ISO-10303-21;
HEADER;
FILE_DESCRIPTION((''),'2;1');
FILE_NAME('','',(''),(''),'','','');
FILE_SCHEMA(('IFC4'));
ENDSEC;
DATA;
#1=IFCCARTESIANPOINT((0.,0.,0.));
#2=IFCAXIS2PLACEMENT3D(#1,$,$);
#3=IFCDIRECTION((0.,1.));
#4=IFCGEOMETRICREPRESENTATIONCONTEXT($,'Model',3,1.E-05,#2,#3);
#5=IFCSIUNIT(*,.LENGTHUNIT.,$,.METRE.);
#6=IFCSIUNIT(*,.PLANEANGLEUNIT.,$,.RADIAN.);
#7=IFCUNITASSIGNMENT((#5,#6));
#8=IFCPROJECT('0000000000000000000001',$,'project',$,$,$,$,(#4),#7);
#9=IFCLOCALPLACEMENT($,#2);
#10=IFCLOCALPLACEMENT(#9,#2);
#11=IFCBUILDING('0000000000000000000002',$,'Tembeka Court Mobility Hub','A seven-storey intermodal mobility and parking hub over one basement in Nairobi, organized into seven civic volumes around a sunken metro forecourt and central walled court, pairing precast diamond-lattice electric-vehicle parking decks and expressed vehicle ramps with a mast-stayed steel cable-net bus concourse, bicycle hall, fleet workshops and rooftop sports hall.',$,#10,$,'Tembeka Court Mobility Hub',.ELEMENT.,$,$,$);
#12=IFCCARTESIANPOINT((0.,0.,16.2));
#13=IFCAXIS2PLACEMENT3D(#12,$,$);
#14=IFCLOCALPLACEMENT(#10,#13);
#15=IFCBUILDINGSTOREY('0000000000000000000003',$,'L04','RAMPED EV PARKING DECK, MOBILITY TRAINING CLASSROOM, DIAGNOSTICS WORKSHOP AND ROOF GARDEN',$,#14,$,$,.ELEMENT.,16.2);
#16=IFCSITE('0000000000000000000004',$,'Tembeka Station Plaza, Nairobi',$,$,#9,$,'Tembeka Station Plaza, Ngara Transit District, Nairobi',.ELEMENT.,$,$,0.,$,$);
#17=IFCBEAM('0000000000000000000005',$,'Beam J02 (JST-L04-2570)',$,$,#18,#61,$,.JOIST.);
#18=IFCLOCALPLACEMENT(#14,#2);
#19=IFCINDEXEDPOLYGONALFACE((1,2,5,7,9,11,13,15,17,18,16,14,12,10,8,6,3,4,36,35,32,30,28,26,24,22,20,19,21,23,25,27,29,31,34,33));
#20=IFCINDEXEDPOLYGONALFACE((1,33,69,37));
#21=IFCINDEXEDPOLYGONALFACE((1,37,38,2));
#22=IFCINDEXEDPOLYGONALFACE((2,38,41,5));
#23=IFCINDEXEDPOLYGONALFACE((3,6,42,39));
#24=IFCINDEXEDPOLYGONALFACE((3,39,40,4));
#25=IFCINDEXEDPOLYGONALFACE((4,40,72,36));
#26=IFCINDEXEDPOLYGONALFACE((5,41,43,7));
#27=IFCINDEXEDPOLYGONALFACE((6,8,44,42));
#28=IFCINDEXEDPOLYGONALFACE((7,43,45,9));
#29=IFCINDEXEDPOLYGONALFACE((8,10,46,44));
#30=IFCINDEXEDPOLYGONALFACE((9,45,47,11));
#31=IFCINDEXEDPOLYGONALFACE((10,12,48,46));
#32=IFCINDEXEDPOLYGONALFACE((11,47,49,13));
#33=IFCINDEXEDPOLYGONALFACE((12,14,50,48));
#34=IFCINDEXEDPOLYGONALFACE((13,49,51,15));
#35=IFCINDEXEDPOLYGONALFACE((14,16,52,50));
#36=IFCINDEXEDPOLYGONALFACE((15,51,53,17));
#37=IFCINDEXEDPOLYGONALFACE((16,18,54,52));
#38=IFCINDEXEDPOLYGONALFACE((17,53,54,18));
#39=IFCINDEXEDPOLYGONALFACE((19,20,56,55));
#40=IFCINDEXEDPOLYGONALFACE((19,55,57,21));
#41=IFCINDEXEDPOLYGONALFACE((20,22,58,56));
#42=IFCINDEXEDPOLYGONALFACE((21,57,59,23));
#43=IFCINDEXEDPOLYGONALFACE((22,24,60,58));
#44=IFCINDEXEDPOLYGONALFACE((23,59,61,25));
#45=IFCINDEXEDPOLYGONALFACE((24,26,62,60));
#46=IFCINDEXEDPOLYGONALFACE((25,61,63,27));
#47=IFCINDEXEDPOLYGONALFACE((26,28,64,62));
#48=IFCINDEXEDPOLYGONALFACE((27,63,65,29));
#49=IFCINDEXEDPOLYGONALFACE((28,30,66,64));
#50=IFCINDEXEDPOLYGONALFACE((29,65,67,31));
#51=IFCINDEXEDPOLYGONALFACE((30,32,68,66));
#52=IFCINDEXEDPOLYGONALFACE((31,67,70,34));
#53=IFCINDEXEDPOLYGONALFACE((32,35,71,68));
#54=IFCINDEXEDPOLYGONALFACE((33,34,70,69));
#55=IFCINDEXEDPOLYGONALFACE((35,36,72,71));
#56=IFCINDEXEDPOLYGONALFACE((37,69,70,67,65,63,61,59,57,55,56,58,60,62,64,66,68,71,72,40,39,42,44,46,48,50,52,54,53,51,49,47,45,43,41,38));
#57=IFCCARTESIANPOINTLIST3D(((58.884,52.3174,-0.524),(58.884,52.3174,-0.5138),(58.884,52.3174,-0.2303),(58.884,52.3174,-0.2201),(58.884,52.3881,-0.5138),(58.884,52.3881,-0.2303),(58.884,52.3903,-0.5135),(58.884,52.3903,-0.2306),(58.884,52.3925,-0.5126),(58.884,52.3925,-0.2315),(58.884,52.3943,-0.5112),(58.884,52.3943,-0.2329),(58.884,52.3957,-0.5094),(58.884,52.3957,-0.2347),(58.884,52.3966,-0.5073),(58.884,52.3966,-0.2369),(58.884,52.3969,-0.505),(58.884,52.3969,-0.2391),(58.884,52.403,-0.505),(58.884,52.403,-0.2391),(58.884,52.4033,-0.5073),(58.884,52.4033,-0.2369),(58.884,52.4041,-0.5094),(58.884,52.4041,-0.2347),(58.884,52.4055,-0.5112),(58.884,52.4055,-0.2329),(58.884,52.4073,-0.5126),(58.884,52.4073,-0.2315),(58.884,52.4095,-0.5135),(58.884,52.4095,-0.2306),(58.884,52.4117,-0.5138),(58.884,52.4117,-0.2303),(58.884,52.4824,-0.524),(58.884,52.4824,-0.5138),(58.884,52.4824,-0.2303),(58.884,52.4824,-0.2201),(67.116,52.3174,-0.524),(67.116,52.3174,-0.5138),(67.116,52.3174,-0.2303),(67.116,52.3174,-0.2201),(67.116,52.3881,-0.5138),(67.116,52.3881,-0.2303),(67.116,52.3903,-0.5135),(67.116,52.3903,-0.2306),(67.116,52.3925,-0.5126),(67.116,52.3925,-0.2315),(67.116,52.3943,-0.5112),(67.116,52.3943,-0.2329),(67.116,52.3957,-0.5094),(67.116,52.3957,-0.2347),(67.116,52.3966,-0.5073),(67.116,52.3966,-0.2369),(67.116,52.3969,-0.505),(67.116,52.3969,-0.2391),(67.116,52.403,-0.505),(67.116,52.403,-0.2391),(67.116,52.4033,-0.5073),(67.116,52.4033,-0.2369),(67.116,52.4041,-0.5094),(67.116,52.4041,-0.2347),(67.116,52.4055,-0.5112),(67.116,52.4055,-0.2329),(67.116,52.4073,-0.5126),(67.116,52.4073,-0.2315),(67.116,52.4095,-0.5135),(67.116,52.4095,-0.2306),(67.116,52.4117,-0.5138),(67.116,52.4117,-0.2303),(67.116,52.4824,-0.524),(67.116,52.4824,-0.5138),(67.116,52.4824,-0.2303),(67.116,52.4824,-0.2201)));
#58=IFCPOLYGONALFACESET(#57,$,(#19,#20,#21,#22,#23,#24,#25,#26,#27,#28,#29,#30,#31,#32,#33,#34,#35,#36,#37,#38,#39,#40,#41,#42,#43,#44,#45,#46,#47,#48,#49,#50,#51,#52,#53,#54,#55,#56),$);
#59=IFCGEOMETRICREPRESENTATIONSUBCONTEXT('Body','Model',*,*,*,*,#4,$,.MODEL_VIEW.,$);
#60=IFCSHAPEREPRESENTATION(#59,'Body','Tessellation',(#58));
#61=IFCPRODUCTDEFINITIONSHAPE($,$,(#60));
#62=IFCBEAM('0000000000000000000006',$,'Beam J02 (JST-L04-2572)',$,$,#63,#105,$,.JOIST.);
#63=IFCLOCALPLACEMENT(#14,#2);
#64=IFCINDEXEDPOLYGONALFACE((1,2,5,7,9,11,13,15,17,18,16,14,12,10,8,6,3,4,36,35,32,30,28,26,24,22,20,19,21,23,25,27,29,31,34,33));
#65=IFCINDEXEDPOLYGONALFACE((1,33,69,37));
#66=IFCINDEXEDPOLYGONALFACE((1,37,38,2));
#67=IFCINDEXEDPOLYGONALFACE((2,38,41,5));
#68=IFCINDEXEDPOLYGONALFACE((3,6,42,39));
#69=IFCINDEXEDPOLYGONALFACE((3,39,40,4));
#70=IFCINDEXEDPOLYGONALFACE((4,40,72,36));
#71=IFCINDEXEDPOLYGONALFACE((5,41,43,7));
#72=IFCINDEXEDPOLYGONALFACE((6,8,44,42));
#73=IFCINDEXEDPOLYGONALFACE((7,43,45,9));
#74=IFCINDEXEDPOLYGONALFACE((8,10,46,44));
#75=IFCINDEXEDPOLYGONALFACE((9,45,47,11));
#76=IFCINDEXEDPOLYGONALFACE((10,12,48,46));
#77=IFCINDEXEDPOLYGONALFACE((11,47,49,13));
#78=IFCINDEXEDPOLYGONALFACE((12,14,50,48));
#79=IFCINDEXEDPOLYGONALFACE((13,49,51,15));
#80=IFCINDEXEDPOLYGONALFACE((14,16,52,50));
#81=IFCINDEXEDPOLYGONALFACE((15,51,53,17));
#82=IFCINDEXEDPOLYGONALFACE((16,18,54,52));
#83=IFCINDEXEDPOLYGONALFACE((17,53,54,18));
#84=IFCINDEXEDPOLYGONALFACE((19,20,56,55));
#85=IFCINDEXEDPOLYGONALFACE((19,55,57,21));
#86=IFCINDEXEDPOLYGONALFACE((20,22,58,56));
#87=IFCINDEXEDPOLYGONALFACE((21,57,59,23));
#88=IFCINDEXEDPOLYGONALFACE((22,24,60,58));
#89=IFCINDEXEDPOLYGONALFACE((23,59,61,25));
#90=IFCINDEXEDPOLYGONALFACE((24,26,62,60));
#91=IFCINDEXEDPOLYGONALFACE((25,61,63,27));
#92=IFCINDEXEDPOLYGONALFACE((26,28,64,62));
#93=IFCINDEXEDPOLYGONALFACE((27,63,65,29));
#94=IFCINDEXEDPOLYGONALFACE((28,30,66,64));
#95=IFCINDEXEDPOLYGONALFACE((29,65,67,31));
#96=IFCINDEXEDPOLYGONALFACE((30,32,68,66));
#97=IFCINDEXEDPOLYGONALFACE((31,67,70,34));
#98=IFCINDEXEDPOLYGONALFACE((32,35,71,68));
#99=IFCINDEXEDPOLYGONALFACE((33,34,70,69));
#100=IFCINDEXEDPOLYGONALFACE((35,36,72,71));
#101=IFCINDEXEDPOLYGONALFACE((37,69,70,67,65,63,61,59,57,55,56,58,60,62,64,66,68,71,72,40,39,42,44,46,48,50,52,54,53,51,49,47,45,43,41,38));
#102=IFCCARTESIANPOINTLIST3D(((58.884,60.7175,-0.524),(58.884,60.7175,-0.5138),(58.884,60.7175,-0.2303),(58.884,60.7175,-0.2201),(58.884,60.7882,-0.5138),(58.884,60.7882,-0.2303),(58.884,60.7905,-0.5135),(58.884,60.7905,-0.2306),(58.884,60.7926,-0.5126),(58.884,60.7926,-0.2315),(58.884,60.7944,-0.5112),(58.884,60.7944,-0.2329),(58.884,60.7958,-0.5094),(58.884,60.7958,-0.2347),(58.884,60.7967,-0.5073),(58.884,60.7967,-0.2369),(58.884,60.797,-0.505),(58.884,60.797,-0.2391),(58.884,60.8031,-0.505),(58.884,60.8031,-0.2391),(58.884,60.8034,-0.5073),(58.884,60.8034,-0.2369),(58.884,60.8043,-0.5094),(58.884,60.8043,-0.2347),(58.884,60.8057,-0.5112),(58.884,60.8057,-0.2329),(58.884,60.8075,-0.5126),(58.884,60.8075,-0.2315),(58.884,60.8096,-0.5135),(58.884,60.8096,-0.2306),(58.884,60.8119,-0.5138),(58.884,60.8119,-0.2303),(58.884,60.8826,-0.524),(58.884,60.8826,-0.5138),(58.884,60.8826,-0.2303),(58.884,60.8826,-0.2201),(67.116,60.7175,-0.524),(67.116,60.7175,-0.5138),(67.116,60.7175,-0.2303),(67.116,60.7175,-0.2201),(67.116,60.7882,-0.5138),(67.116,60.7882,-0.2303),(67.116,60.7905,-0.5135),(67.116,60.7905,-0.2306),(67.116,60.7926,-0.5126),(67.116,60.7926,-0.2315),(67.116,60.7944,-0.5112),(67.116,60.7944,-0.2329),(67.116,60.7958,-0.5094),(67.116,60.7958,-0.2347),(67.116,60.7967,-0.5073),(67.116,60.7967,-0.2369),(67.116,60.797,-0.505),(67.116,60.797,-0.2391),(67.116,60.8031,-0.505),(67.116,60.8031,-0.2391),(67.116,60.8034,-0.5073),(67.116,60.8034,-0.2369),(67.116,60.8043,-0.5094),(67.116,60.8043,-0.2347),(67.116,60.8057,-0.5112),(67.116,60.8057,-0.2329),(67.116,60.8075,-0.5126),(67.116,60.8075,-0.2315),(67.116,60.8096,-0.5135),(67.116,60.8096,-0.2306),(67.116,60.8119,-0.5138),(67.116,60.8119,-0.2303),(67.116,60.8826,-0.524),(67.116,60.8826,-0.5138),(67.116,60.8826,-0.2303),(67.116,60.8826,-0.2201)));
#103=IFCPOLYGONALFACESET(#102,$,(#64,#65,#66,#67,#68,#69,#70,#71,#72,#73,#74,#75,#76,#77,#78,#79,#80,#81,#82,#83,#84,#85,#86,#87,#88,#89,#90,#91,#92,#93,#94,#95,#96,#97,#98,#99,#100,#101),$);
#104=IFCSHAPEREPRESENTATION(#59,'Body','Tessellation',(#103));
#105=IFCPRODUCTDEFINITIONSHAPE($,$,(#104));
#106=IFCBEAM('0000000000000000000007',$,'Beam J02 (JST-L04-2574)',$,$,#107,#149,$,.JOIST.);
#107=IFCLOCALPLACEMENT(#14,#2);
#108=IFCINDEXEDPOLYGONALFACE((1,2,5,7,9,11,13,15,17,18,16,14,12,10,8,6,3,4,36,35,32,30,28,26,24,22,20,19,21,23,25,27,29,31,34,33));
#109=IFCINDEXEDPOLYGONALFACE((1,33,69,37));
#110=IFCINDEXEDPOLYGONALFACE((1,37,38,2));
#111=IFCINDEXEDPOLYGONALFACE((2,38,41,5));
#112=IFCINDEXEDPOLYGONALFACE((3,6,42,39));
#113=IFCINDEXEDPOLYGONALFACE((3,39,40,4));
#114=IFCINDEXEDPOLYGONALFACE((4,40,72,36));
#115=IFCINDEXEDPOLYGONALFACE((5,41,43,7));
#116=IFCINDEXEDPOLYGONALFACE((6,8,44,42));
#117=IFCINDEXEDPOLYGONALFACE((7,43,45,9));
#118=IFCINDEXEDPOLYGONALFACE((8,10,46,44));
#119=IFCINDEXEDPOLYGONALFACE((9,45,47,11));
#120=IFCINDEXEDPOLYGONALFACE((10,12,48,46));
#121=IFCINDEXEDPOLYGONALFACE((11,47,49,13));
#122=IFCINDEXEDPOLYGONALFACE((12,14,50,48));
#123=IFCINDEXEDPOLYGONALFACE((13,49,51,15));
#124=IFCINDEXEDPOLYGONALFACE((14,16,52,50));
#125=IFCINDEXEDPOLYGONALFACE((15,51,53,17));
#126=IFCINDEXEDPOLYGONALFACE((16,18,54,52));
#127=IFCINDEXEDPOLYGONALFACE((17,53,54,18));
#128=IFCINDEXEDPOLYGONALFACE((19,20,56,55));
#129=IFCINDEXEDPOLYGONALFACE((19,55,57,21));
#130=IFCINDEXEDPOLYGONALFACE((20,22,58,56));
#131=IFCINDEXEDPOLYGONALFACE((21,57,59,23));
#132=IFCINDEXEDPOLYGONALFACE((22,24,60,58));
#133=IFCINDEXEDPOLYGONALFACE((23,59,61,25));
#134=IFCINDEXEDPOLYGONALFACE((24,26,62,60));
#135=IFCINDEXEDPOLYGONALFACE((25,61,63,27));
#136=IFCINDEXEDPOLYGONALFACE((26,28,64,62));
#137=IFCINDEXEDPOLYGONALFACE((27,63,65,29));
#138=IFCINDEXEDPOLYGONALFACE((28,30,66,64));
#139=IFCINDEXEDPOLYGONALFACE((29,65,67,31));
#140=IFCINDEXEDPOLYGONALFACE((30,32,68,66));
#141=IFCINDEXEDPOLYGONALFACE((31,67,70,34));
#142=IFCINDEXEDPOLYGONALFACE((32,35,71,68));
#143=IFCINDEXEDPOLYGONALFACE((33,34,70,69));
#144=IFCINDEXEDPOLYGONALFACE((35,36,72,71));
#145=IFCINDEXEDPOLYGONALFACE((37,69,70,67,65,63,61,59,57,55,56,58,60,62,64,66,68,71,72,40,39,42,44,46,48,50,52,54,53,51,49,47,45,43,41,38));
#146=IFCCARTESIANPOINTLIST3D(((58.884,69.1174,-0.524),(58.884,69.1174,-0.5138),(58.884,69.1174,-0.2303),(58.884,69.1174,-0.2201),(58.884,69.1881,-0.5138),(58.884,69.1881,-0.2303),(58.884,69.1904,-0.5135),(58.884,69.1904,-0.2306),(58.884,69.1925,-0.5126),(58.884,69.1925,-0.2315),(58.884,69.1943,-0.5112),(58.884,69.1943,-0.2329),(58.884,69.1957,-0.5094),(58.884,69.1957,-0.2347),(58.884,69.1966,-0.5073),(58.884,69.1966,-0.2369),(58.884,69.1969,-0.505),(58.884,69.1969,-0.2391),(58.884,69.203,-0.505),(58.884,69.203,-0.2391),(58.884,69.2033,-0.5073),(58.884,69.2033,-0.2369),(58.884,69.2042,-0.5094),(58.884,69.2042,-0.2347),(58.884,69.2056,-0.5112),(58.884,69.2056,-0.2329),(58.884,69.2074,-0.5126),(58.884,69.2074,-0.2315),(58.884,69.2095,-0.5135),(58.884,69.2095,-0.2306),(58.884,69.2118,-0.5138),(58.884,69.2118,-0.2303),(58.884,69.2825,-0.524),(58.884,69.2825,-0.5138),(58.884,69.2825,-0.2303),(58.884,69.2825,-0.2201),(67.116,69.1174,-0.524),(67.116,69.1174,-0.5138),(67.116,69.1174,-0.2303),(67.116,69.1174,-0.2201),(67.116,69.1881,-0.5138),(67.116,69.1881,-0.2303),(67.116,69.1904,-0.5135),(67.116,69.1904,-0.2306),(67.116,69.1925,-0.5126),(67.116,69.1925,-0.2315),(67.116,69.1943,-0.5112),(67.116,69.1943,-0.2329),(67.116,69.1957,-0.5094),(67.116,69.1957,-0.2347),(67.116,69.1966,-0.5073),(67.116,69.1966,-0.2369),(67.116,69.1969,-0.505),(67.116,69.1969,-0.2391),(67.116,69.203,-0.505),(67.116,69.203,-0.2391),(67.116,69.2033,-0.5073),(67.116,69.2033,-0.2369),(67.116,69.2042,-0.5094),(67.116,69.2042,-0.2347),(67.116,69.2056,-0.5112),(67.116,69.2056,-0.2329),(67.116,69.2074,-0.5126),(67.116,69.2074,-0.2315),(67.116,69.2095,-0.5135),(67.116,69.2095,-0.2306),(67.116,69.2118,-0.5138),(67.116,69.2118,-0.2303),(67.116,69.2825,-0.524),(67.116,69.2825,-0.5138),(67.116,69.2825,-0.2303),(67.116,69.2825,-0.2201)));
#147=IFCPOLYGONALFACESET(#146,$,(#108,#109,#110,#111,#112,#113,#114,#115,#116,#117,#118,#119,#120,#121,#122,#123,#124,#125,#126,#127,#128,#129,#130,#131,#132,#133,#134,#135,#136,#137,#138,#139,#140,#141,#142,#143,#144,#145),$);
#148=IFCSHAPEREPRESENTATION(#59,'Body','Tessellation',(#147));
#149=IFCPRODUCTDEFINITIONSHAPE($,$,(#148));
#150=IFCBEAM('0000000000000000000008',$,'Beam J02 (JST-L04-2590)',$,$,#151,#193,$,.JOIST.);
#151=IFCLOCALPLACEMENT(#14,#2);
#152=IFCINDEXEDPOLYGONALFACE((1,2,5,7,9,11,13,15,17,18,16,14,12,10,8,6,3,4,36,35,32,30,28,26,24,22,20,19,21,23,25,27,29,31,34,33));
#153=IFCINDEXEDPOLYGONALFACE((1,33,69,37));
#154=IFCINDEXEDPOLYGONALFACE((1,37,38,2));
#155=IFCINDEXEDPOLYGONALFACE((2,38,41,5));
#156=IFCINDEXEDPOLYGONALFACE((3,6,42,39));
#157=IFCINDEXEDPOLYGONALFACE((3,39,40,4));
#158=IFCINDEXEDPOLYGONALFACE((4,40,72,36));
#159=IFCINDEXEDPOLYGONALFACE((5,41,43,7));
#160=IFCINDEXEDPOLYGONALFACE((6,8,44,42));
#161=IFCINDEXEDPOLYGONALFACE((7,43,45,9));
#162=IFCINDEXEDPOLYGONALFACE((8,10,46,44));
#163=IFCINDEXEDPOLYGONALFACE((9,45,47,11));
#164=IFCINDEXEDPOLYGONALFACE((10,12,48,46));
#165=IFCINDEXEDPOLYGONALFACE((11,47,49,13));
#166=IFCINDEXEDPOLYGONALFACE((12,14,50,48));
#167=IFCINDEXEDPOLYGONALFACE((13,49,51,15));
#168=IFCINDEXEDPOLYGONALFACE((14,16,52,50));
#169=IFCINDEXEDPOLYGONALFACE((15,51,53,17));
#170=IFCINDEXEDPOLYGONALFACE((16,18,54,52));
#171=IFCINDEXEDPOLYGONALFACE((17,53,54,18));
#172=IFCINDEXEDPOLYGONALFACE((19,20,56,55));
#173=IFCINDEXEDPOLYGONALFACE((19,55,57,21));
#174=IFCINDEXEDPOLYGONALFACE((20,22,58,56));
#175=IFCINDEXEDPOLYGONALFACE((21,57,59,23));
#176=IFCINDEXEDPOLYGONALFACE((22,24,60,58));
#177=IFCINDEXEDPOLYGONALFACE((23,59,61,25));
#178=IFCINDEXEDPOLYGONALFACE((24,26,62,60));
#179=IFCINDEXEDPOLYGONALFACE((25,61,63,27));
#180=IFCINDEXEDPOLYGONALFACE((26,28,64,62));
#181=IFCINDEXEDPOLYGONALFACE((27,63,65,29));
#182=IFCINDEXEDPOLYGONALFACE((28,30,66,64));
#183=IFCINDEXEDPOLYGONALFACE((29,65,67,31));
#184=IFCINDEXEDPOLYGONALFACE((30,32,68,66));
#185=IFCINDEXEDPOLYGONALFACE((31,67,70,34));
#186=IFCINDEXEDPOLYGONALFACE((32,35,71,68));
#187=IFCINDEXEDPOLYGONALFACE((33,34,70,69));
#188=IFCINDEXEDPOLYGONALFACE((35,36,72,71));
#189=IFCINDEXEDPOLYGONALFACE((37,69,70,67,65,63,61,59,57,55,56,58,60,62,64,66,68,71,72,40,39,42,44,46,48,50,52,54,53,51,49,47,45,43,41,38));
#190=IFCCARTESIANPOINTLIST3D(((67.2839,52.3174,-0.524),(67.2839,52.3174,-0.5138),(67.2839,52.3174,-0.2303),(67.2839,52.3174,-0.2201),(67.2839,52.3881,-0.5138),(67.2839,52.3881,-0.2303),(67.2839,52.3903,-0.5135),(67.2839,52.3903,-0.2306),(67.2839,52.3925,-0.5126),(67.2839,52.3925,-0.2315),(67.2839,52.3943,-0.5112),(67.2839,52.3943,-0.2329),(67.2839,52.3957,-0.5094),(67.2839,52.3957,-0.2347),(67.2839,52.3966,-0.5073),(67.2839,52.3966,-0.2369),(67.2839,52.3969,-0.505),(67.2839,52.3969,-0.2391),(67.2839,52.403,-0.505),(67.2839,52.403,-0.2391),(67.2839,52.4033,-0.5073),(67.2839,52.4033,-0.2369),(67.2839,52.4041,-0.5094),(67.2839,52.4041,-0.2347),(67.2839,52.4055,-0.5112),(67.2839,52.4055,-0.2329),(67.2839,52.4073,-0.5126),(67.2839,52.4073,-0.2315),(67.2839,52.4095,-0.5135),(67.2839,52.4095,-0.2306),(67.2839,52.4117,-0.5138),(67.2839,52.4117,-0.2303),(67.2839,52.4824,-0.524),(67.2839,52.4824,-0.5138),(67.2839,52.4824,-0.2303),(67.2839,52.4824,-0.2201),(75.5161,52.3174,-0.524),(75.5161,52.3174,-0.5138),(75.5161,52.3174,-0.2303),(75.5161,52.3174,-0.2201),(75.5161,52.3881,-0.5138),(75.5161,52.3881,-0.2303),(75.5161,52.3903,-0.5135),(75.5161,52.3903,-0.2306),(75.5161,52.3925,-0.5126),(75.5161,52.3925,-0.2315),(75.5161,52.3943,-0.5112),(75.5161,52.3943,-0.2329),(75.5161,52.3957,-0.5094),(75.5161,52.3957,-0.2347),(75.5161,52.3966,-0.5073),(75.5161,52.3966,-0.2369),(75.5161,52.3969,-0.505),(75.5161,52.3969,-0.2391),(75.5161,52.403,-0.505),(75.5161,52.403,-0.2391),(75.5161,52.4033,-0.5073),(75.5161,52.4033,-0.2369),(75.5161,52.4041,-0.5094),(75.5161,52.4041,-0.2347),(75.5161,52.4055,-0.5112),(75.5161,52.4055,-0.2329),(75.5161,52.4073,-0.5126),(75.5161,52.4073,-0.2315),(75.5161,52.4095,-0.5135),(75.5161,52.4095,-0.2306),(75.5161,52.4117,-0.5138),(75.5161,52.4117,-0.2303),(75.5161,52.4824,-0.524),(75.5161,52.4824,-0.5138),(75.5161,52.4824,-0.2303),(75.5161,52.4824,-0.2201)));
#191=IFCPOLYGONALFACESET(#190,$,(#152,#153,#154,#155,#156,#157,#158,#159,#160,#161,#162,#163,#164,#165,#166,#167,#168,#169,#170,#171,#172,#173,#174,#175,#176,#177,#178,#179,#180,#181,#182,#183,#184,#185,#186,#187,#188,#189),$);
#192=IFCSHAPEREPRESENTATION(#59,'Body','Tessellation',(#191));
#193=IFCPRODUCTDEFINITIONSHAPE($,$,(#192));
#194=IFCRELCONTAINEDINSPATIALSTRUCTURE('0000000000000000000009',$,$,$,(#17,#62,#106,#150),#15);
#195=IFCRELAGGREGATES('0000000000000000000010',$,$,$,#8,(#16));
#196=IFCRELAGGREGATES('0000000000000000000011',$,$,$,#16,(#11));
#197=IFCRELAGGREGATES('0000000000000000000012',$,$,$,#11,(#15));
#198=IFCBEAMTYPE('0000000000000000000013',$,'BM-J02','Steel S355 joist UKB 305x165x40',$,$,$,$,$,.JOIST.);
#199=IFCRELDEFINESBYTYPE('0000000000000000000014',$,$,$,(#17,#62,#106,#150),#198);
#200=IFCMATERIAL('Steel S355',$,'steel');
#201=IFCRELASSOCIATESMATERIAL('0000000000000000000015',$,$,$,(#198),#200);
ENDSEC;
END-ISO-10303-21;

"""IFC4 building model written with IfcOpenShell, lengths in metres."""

from ifc_helpers import new_model, si_unit, direction, frame, origin, origin_2d, place, context, subcontext, project, spatial, i_section, extrude, material, material_profile, profile_set, type_object, element, save


model = new_model("IFC4")

# Units and contexts
model_context = context("Model", 3, precision=1e-05, world=origin(), true_north=direction((0.0, 1.0)))
body_context = subcontext(model_context, "Body", "Model", "MODEL_VIEW")
ifc_project = project(units=[si_unit("LENGTHUNIT", "METRE"), si_unit("PLANEANGLEUNIT", "RADIAN")], contexts=[model_context])

# Site, building, storey
site_placement = place(None, origin())
site = spatial("IfcSite", under=ifc_project, at=site_placement, Name="Tembeka Station Plaza, Nairobi", LongName="Tembeka Station Plaza, Ngara Transit District, Nairobi", CompositionType="ELEMENT", RefElevation=0.0)
building_placement = place(site_placement, origin())
building = spatial("IfcBuilding", under=site, at=building_placement, Name="Tembeka Court Mobility Hub", Description="A seven-storey intermodal mobility and parking hub over one basement in Nairobi, organized into seven civic volumes around a sunken metro forecourt and central walled court, pairing precast diamond-lattice electric-vehicle parking decks and expressed vehicle ramps with a mast-stayed steel cable-net bus concourse, bicycle hall, fleet workshops and rooftop sports hall.", LongName="Tembeka Court Mobility Hub", CompositionType="ELEMENT")
storey_placement = place(building_placement, frame((0.0, 0.0, 16.2)))
storey = spatial("IfcBuildingStorey", under=building, at=storey_placement, Name="L04", Description="RAMPED EV PARKING DECK, MOBILITY TRAINING CLASSROOM, DIAGNOSTICS WORKSHOP AND ROOF GARDEN", CompositionType="ELEMENT", Elevation=16.2)

# Shared definitions
ifc_material_1 = material(Name="Steel S355", Category="steel")

# Beams
ifc_material_profile_1 = material_profile(ifc_material_1, i_section(OverallWidth=0.165, OverallDepth=0.304, WebThickness=0.0061, FlangeThickness=0.0103, FilletRadius=0.0088, at=origin_2d()), Name="UKB 305x165x40")
ifc_profile_set_1 = profile_set([ifc_material_profile_1], Name="Steel S355")
beam_type_1 = type_object("IfcBeamType", Name="BM-J02", Description="Steel S355 joist UKB 305x165x40", PredefinedType="JOIST", material=ifc_profile_set_1)
for number, where, z_axis, x_axis, name in (
    (1, (58.884, 52.3999, -0.3721), (1.0, 0.0, 0.0), (0.0, 1.0, 0.0), "Beam J02 (JST-L04-2570)"),
    (2, (58.884, 60.8, -0.3721), (1.0, 0.0, 0.0), (0.0, 1.0, 0.0), "Beam J02 (JST-L04-2572)"),
    (3, (58.884, 69.2, -0.3721), (1.0, 0.0, 0.0), (0.0, 1.0, 0.0), "Beam J02 (JST-L04-2574)"),
):
    element("IfcBeam", number, at=place(storey_placement, frame(where, z_axis=z_axis, x_axis=x_axis)), inside=storey, type_object=beam_type_1, Name=name, PredefinedType="JOIST", context=body_context, shape_type="SweptSolid", body=[
        extrude(i_section(OverallWidth=0.165, OverallDepth=0.304, WebThickness=0.0061, FlangeThickness=0.0103, FilletRadius=0.0088, at=origin_2d()), origin(), (0.0, 0.0, 1.0), 8.2319),
    ])
for number, where, z_axis, x_axis, name in (
    (4, (67.2839, 52.3999, -0.3721), (1.0, 0.0, 0.0), (0.0, 1.0, 0.0), "Beam J02 (JST-L04-2590)"),
):
    element("IfcBeam", number, at=place(storey_placement, frame(where, z_axis=z_axis, x_axis=x_axis)), inside=storey, type_object=beam_type_1, Name=name, PredefinedType="JOIST", context=body_context, shape_type="SweptSolid", body=[
        extrude(i_section(OverallWidth=0.165, OverallDepth=0.304, WebThickness=0.0061, FlangeThickness=0.0103, FilletRadius=0.0088, at=origin_2d()), origin(), (0.0, 0.0, 1.0), 8.2322),
    ])

save(model, "model.ifc")
